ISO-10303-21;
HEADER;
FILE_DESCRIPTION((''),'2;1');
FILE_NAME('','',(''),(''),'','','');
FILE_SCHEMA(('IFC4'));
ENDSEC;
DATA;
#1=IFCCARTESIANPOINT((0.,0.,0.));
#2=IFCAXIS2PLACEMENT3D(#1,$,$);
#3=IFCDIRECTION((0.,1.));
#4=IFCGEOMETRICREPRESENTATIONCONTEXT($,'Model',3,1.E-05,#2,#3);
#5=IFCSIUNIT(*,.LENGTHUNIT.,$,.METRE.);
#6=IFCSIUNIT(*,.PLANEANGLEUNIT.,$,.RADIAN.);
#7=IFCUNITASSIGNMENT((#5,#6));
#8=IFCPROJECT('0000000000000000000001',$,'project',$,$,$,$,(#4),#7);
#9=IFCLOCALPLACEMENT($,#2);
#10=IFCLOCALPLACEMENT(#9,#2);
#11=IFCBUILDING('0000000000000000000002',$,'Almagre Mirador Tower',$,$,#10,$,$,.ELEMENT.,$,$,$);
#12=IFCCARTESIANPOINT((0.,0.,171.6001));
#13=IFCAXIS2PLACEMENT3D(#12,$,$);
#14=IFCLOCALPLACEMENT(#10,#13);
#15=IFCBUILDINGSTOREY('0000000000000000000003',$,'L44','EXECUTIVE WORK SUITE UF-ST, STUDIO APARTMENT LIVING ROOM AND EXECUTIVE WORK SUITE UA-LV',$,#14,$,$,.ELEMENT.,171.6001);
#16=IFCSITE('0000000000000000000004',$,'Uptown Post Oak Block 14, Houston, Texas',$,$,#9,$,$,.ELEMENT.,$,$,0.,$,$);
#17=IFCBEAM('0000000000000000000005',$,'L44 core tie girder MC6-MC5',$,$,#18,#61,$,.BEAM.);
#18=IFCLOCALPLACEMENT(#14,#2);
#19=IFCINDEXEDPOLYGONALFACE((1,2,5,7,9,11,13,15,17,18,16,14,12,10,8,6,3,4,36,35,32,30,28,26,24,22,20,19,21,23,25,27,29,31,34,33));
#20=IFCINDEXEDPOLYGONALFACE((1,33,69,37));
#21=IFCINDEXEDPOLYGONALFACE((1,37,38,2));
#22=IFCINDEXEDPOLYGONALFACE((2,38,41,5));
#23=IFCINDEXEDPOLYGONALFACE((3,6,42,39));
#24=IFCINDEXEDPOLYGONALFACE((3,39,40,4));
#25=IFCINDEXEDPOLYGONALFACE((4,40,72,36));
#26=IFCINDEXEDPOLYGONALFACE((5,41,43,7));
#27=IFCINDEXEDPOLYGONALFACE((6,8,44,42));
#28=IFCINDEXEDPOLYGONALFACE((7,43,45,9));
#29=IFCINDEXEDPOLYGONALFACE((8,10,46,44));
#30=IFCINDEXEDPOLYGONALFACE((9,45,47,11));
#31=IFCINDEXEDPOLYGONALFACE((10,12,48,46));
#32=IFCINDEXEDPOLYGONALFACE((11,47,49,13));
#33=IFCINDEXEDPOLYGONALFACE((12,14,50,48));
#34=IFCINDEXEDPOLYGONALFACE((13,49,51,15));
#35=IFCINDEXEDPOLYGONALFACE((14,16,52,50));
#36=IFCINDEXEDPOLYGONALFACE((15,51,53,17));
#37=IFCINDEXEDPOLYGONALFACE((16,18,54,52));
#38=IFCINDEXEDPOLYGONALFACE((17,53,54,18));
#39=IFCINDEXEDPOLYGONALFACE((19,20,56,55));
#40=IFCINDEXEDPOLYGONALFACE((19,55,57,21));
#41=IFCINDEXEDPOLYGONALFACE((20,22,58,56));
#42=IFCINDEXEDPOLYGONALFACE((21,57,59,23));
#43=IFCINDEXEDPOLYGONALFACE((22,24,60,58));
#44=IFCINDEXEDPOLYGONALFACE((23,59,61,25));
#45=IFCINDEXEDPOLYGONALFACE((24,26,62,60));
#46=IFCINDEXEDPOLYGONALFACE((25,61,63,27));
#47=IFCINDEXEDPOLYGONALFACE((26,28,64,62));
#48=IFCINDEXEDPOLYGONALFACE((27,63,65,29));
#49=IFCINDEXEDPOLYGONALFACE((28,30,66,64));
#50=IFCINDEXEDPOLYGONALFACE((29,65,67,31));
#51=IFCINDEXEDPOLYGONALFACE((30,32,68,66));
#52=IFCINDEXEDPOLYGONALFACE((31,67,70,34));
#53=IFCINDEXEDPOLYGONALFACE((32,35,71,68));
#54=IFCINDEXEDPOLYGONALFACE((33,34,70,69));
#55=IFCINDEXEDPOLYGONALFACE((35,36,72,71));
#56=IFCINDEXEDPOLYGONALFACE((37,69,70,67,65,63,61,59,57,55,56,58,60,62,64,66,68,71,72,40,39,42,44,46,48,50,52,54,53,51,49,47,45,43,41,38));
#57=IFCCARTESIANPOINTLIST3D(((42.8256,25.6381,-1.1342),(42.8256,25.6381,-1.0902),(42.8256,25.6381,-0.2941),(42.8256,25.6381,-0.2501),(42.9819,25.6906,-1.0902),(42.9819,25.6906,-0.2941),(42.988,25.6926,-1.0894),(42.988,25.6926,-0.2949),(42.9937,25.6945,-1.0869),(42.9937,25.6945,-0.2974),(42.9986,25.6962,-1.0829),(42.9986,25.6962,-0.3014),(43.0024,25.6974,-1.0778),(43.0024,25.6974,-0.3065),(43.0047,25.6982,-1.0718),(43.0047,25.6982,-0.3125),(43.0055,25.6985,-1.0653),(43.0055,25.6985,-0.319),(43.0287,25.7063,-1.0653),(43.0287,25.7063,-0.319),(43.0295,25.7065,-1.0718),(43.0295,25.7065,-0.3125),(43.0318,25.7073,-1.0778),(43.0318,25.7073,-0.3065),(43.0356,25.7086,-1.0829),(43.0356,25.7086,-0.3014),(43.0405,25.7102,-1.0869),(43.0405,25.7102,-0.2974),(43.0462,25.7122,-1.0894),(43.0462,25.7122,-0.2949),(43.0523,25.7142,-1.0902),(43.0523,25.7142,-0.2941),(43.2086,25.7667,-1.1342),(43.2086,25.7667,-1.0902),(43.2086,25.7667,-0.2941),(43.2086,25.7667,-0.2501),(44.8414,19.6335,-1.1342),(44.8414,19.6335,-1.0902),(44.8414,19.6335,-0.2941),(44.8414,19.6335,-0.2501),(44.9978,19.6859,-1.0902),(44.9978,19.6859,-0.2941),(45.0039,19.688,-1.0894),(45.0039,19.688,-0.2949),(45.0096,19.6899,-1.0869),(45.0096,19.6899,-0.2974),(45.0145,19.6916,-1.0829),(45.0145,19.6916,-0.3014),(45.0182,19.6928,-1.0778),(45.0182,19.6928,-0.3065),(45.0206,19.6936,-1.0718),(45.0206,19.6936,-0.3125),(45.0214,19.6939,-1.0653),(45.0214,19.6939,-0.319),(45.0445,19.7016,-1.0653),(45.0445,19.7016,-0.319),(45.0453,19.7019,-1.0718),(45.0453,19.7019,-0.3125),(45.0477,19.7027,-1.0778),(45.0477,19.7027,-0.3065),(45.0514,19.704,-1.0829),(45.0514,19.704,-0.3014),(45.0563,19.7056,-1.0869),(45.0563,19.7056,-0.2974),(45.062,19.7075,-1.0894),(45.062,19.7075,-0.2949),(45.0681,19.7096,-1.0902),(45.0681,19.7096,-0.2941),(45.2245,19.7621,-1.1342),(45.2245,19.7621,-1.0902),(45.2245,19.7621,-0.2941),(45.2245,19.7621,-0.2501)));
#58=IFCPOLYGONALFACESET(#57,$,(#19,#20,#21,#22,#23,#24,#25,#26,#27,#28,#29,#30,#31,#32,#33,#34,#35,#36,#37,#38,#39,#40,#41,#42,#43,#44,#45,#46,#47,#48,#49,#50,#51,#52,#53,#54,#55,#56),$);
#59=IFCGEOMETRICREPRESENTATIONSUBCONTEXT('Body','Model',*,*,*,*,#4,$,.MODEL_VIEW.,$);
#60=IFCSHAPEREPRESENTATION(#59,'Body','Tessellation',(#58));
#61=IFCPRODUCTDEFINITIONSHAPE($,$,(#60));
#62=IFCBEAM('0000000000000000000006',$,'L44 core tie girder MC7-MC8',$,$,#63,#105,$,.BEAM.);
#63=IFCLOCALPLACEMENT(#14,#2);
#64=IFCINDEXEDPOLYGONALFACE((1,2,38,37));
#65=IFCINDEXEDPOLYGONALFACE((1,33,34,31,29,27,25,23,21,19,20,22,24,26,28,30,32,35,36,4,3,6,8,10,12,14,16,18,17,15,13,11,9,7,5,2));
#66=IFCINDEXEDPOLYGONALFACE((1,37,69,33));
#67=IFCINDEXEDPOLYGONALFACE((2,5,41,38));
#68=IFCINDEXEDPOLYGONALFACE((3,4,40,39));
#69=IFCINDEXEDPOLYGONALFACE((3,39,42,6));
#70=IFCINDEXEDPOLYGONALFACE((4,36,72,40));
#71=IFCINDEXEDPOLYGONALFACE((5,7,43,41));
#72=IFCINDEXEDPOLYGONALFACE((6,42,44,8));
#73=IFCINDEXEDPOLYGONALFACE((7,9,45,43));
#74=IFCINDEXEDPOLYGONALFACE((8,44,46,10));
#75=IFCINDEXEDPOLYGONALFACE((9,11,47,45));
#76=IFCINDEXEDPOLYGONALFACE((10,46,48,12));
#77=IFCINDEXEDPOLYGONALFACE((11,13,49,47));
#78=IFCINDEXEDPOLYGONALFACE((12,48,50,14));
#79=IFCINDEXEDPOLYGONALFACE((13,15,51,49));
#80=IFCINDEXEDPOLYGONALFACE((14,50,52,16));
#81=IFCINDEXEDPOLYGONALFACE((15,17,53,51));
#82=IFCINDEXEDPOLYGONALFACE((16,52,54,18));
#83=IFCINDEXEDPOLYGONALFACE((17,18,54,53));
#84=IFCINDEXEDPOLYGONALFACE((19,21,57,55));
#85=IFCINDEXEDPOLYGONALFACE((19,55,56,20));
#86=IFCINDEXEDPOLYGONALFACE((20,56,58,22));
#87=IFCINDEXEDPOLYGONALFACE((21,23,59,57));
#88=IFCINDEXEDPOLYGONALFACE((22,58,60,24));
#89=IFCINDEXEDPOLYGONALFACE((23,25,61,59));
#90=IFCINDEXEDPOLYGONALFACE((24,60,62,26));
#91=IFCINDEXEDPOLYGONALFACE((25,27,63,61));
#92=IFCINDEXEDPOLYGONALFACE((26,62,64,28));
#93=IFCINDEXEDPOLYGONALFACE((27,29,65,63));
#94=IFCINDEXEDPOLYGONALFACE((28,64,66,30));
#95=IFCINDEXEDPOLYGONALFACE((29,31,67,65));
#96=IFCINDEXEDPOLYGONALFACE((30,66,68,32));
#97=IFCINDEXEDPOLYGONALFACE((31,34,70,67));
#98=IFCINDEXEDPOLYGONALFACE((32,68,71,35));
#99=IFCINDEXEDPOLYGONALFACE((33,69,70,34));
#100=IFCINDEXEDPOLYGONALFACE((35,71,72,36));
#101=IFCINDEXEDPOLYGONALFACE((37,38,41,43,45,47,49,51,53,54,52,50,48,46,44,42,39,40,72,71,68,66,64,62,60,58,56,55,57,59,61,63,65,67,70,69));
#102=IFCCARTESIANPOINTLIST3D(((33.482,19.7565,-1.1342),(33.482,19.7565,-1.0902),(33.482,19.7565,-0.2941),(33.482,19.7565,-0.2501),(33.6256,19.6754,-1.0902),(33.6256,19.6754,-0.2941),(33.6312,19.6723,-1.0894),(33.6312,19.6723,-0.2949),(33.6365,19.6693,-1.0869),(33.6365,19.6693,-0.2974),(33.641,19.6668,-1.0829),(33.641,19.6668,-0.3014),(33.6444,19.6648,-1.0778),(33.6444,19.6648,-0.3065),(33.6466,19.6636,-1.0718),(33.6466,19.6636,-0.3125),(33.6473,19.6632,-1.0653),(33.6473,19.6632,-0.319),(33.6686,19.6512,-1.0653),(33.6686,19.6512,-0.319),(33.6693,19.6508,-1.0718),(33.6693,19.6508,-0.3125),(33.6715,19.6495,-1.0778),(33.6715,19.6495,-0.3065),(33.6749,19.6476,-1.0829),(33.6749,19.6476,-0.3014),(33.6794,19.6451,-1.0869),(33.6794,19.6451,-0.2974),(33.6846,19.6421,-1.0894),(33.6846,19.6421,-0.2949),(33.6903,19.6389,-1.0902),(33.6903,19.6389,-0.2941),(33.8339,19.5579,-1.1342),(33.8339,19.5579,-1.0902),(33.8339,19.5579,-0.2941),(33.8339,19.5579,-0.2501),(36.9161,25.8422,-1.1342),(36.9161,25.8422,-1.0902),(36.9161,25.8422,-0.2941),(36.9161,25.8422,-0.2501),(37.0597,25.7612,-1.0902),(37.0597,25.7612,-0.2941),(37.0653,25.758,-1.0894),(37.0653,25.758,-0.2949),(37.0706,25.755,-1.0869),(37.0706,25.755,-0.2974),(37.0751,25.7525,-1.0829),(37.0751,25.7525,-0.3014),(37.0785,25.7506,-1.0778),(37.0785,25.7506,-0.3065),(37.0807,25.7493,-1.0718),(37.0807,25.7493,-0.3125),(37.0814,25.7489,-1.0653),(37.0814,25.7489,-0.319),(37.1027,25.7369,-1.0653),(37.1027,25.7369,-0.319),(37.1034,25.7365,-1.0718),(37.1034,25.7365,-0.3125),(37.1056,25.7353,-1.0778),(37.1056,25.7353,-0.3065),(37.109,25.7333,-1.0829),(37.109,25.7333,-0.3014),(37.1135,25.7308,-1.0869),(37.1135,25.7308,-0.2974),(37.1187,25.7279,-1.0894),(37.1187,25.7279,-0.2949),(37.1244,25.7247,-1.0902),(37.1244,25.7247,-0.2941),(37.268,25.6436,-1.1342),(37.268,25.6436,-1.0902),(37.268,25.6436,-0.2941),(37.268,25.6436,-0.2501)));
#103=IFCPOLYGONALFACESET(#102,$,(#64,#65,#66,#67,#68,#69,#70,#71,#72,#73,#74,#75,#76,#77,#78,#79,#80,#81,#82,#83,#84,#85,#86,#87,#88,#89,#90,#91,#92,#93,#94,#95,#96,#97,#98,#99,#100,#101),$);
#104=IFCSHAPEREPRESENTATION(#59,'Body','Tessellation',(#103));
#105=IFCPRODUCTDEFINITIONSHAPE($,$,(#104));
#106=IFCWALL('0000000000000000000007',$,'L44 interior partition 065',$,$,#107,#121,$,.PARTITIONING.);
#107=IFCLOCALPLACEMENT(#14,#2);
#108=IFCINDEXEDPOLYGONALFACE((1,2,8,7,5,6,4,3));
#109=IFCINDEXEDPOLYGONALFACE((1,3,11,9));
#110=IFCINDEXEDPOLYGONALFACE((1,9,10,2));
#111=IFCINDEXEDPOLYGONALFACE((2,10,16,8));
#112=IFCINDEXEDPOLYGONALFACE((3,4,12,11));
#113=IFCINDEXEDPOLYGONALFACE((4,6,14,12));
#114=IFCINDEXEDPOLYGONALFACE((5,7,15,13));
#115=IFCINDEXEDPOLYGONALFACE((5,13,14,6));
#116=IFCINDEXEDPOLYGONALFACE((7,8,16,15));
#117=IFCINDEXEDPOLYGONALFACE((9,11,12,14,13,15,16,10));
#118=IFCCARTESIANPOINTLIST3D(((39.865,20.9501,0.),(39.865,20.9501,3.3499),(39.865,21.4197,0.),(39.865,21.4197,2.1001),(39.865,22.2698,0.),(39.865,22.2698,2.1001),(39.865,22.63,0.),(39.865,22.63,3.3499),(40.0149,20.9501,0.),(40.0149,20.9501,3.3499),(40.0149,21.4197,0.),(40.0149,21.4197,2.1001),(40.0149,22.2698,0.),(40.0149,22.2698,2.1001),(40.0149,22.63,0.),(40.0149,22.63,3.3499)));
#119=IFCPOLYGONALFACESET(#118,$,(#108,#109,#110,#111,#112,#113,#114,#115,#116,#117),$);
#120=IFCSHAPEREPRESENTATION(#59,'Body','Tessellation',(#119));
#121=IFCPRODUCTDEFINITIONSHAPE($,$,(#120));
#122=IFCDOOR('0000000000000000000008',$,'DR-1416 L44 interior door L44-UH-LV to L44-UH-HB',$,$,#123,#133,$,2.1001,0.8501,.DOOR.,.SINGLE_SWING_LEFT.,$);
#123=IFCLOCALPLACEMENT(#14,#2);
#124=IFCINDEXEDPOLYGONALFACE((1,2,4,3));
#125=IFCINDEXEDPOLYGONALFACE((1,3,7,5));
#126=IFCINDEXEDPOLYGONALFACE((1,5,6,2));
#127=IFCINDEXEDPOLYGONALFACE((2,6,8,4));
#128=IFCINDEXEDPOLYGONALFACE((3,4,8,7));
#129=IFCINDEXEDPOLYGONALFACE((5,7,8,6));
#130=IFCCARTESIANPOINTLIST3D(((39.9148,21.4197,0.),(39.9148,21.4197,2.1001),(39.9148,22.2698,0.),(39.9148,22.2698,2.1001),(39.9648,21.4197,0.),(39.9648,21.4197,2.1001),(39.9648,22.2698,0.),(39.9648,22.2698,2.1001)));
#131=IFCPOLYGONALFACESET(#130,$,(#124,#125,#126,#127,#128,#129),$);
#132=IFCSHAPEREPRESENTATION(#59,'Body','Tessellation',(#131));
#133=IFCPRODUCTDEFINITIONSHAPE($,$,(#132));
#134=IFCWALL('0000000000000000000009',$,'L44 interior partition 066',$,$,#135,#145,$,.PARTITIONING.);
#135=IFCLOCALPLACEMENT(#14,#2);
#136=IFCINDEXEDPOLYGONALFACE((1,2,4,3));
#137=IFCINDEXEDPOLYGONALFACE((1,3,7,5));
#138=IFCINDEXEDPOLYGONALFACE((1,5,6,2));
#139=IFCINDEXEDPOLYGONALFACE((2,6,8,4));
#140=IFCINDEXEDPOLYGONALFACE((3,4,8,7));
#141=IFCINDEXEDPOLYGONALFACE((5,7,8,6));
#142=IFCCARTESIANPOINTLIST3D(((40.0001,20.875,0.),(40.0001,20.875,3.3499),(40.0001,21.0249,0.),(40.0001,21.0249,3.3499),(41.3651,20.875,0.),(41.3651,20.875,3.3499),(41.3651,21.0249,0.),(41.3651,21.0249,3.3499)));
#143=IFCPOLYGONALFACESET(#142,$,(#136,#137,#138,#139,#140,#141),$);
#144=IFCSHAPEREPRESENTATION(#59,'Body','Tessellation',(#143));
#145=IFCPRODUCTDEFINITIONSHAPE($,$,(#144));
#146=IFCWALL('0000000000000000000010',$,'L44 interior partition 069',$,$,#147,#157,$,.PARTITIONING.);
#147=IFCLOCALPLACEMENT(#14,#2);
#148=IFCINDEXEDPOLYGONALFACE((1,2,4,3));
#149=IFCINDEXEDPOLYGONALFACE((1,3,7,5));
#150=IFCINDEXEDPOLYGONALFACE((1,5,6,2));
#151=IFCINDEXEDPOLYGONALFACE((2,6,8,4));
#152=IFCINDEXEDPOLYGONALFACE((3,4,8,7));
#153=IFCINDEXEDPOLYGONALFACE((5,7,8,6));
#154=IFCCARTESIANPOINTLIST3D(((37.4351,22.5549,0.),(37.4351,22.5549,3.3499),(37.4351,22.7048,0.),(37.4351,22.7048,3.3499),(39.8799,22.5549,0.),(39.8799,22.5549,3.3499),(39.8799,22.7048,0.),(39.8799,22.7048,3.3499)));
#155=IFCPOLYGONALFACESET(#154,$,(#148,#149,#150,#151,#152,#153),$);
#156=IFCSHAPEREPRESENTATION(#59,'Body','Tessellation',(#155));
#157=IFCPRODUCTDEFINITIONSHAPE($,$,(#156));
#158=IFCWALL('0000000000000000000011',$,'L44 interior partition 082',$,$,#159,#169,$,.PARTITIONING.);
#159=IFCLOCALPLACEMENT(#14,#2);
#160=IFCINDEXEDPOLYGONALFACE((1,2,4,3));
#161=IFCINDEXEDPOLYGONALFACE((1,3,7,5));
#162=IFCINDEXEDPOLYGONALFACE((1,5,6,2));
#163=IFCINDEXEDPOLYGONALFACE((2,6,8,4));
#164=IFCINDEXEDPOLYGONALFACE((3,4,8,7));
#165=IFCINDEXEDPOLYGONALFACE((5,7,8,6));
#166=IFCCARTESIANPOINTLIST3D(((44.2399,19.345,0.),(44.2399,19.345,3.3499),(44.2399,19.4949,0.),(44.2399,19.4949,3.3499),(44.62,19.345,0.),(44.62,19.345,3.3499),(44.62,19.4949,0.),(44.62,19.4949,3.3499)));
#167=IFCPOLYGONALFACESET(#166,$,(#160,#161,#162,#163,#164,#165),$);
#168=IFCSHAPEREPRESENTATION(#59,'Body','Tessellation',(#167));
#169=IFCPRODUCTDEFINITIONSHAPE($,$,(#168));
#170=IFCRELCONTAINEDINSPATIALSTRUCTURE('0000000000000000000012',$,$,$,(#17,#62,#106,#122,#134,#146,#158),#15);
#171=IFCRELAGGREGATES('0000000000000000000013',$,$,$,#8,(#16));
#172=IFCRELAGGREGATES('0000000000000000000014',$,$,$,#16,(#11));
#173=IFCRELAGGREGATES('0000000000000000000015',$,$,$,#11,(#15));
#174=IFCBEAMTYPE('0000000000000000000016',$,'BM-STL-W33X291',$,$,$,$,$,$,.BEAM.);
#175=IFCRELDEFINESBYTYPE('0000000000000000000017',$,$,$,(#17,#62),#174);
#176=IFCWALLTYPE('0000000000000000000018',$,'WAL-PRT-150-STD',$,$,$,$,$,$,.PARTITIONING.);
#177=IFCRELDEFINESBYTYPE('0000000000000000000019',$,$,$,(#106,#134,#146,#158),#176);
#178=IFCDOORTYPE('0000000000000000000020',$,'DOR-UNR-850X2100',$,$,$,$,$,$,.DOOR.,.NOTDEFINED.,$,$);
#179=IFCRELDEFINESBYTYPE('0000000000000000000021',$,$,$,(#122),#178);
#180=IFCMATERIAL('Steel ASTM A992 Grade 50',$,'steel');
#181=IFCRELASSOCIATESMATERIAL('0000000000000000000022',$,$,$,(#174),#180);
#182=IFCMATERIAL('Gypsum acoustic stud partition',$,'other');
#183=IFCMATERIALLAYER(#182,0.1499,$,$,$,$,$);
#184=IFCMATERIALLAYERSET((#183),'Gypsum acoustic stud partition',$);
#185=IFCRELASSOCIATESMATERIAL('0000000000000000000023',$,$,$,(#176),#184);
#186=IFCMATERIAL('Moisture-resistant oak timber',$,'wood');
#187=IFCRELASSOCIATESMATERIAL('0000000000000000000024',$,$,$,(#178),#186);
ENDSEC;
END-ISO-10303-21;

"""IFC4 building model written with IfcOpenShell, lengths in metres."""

from ifc_helpers import new_model, si_unit, direction, frame, frame_2d, origin, origin_2d, place, context, subcontext, project, spatial, rectangle, i_section, extrude, material, layer, layer_set, material_profile, profile_set, type_object, element, fill, save


model = new_model("IFC4")

# Units and contexts
model_context = context("Model", 3, precision=1e-05, world=origin(), true_north=direction((0.0, 1.0)))
body_context = subcontext(model_context, "Body", "Model", "MODEL_VIEW")
ifc_project = project(units=[si_unit("LENGTHUNIT", "METRE"), si_unit("PLANEANGLEUNIT", "RADIAN")], contexts=[model_context])

# Site, building, storey
site_placement = place(None, origin())
site = spatial("IfcSite", under=ifc_project, at=site_placement, Name="Uptown Post Oak Block 14, Houston, Texas", CompositionType="ELEMENT", RefElevation=0.0)
building_placement = place(site_placement, origin())
building = spatial("IfcBuilding", under=site, at=building_placement, Name="Almagre Mirador Tower", CompositionType="ELEMENT")
storey_placement = place(building_placement, frame((0.0, 0.0, 171.6001)))
storey = spatial("IfcBuildingStorey", under=building, at=storey_placement, Name="L44", Description="EXECUTIVE WORK SUITE UF-ST, STUDIO APARTMENT LIVING ROOM AND EXECUTIVE WORK SUITE UA-LV", CompositionType="ELEMENT", Elevation=171.6001)

# Beams
ifc_material_1 = material(Name="Steel ASTM A992 Grade 50", Category="steel")
ifc_material_profile = material_profile(ifc_material_1, i_section(OverallWidth=0.4041, OverallDepth=0.884, WebThickness=0.0244, FlangeThickness=0.0439, FilletRadius=0.0249, at=origin_2d()), Name="W33X291")
ifc_profile_set = profile_set([ifc_material_profile], Name="Steel ASTM A992 Grade 50")
beam_type = type_object("IfcBeamType", Name="BM-STL-W33X291", PredefinedType="BEAM", material=ifc_profile_set)
beam_1_placement = place(storey_placement, frame((43.0171, 25.7024, -0.6921), z_axis=(0.318262, -0.948003, 0.0), x_axis=(0.948003, 0.318262, 0.0)))
element("IfcBeam", 1, at=beam_1_placement, inside=storey, type_object=beam_type, Name="L44 core tie girder MC6-MC5", PredefinedType="BEAM", context=body_context, shape_type="SweptSolid", body=[
    extrude(i_section(OverallWidth=0.4041, OverallDepth=0.884, WebThickness=0.0244, FlangeThickness=0.0439, FilletRadius=0.0249, at=origin_2d()), origin(), (0.0, 0.0, 1.0), 6.334),
])
beam_2_placement = place(storey_placement, frame((37.092, 25.7429, -0.6921), z_axis=(-0.491444, -0.870909, 0.0), x_axis=(0.870909, -0.491444, 0.0)))
element("IfcBeam", 2, at=beam_2_placement, inside=storey, type_object=beam_type, Name="L44 core tie girder MC7-MC8", PredefinedType="BEAM", context=body_context, shape_type="SweptSolid", body=[
    extrude(i_section(OverallWidth=0.4041, OverallDepth=0.884, WebThickness=0.0244, FlangeThickness=0.0439, FilletRadius=0.0249, at=origin_2d()), origin(), (0.0, 0.0, 1.0), 6.9878),
])

# Wall, opening, door
ifc_material_2 = material(Name="Gypsum acoustic stud partition", Category="other")
ifc_layer_1 = layer(ifc_material_2, 0.1499)
ifc_layer_set_1 = layer_set([ifc_layer_1], Name="Gypsum acoustic stud partition")
wall_type_1 = type_object("IfcWallType", Name="WAL-PRT-150-STD", PredefinedType="PARTITIONING", material=ifc_layer_set_1)
wall_1_placement = place(storey_placement, frame((39.9399, 22.6299, 0.0), z_axis=(0.0, 0.0, 1.0), x_axis=(0.0, -1.0, 0.0)))
wall_1 = element("IfcWall", 3, at=wall_1_placement, inside=storey, type_object=wall_type_1, Name="L44 interior partition 065", PredefinedType="PARTITIONING", context=body_context, shape_type="SweptSolid", body=[
    extrude(rectangle(XDim=1.6799, YDim=0.1499, at=frame_2d((0.8398, 0.0))), origin(), (0.0, 0.0, 1.0), 3.3499),
])
opening_1_placement = place(wall_1_placement, frame((0.3601, 0.0, 0.0)))
opening_1 = element("IfcOpeningElement", 4, at=opening_1_placement, cuts=wall_1, PredefinedType="OPENING", context=body_context, shape_type="SweptSolid", body=[
    extrude(rectangle(XDim=0.8501, YDim=2.1001, at=frame_2d((0.425, 1.05))), frame((0.0, 0.085, 0.0), z_axis=(0.0, -1.0, 0.0), x_axis=(1.0, 0.0, 0.0)), (0.0, 0.0, 1.0), 0.1699),
])
ifc_material_3 = material(Name="Moisture-resistant oak timber", Category="wood")
door_type_1 = type_object("IfcDoorType", Name="DOR-UNR-850X2100", OperationType="NOTDEFINED", PredefinedType="DOOR", material=ifc_material_3)
door_1_placement = place(opening_1_placement, origin())
door_1 = element("IfcDoor", 5, at=door_1_placement, inside=storey, type_object=door_type_1, Name="DR-1416 L44 interior door L44-UH-LV to L44-UH-HB", OperationType="SINGLE_SWING_LEFT", OverallHeight=2.1001, OverallWidth=0.8501, PredefinedType="DOOR", context=body_context, shape_type="SweptSolid", body=[
    extrude(rectangle(XDim=0.8501, YDim=2.1001, at=frame_2d((0.425, 1.05))), frame((0.0, 0.0249, 0.0), z_axis=(0.0, -1.0, 0.0), x_axis=(1.0, 0.0, 0.0)), (0.0, 0.0, 1.0), 0.05),
])
fill(opening_1, door_1)

# Walls
wall_2_placement = place(storey_placement, frame((40.0, 20.95, 0.0), z_axis=(0.0, 0.0, 1.0), x_axis=(1.0, 0.0, 0.0)))
element("IfcWall", 6, at=wall_2_placement, inside=storey, type_object=wall_type_1, Name="L44 interior partition 066", PredefinedType="PARTITIONING", context=body_context, shape_type="SweptSolid", body=[
    extrude(rectangle(XDim=1.365, YDim=0.1499, at=frame_2d((0.6826, 0.0))), origin(), (0.0, 0.0, 1.0), 3.3499),
])
wall_3_placement = place(storey_placement, frame((39.8799, 22.6299, 0.0), z_axis=(0.0, 0.0, 1.0), x_axis=(-1.0, 0.0, 0.0)))
element("IfcWall", 7, at=wall_3_placement, inside=storey, type_object=wall_type_1, Name="L44 interior partition 069", PredefinedType="PARTITIONING", context=body_context, shape_type="SweptSolid", body=[
    extrude(rectangle(XDim=2.4448, YDim=0.1499, at=frame_2d((1.2224, 0.0))), origin(), (0.0, 0.0, 1.0), 3.3499),
])
wall_4_placement = place(storey_placement, frame((44.24, 19.4199, 0.0), z_axis=(0.0, 0.0, 1.0), x_axis=(1.0, 0.0, 0.0)))
element("IfcWall", 8, at=wall_4_placement, inside=storey, type_object=wall_type_1, Name="L44 interior partition 082", PredefinedType="PARTITIONING", context=body_context, shape_type="SweptSolid", body=[
    extrude(rectangle(XDim=0.3801, YDim=0.1499, at=frame_2d((0.1899, 0.0))), origin(), (0.0, 0.0, 1.0), 3.3499),
])

save(model, "model.ifc")
